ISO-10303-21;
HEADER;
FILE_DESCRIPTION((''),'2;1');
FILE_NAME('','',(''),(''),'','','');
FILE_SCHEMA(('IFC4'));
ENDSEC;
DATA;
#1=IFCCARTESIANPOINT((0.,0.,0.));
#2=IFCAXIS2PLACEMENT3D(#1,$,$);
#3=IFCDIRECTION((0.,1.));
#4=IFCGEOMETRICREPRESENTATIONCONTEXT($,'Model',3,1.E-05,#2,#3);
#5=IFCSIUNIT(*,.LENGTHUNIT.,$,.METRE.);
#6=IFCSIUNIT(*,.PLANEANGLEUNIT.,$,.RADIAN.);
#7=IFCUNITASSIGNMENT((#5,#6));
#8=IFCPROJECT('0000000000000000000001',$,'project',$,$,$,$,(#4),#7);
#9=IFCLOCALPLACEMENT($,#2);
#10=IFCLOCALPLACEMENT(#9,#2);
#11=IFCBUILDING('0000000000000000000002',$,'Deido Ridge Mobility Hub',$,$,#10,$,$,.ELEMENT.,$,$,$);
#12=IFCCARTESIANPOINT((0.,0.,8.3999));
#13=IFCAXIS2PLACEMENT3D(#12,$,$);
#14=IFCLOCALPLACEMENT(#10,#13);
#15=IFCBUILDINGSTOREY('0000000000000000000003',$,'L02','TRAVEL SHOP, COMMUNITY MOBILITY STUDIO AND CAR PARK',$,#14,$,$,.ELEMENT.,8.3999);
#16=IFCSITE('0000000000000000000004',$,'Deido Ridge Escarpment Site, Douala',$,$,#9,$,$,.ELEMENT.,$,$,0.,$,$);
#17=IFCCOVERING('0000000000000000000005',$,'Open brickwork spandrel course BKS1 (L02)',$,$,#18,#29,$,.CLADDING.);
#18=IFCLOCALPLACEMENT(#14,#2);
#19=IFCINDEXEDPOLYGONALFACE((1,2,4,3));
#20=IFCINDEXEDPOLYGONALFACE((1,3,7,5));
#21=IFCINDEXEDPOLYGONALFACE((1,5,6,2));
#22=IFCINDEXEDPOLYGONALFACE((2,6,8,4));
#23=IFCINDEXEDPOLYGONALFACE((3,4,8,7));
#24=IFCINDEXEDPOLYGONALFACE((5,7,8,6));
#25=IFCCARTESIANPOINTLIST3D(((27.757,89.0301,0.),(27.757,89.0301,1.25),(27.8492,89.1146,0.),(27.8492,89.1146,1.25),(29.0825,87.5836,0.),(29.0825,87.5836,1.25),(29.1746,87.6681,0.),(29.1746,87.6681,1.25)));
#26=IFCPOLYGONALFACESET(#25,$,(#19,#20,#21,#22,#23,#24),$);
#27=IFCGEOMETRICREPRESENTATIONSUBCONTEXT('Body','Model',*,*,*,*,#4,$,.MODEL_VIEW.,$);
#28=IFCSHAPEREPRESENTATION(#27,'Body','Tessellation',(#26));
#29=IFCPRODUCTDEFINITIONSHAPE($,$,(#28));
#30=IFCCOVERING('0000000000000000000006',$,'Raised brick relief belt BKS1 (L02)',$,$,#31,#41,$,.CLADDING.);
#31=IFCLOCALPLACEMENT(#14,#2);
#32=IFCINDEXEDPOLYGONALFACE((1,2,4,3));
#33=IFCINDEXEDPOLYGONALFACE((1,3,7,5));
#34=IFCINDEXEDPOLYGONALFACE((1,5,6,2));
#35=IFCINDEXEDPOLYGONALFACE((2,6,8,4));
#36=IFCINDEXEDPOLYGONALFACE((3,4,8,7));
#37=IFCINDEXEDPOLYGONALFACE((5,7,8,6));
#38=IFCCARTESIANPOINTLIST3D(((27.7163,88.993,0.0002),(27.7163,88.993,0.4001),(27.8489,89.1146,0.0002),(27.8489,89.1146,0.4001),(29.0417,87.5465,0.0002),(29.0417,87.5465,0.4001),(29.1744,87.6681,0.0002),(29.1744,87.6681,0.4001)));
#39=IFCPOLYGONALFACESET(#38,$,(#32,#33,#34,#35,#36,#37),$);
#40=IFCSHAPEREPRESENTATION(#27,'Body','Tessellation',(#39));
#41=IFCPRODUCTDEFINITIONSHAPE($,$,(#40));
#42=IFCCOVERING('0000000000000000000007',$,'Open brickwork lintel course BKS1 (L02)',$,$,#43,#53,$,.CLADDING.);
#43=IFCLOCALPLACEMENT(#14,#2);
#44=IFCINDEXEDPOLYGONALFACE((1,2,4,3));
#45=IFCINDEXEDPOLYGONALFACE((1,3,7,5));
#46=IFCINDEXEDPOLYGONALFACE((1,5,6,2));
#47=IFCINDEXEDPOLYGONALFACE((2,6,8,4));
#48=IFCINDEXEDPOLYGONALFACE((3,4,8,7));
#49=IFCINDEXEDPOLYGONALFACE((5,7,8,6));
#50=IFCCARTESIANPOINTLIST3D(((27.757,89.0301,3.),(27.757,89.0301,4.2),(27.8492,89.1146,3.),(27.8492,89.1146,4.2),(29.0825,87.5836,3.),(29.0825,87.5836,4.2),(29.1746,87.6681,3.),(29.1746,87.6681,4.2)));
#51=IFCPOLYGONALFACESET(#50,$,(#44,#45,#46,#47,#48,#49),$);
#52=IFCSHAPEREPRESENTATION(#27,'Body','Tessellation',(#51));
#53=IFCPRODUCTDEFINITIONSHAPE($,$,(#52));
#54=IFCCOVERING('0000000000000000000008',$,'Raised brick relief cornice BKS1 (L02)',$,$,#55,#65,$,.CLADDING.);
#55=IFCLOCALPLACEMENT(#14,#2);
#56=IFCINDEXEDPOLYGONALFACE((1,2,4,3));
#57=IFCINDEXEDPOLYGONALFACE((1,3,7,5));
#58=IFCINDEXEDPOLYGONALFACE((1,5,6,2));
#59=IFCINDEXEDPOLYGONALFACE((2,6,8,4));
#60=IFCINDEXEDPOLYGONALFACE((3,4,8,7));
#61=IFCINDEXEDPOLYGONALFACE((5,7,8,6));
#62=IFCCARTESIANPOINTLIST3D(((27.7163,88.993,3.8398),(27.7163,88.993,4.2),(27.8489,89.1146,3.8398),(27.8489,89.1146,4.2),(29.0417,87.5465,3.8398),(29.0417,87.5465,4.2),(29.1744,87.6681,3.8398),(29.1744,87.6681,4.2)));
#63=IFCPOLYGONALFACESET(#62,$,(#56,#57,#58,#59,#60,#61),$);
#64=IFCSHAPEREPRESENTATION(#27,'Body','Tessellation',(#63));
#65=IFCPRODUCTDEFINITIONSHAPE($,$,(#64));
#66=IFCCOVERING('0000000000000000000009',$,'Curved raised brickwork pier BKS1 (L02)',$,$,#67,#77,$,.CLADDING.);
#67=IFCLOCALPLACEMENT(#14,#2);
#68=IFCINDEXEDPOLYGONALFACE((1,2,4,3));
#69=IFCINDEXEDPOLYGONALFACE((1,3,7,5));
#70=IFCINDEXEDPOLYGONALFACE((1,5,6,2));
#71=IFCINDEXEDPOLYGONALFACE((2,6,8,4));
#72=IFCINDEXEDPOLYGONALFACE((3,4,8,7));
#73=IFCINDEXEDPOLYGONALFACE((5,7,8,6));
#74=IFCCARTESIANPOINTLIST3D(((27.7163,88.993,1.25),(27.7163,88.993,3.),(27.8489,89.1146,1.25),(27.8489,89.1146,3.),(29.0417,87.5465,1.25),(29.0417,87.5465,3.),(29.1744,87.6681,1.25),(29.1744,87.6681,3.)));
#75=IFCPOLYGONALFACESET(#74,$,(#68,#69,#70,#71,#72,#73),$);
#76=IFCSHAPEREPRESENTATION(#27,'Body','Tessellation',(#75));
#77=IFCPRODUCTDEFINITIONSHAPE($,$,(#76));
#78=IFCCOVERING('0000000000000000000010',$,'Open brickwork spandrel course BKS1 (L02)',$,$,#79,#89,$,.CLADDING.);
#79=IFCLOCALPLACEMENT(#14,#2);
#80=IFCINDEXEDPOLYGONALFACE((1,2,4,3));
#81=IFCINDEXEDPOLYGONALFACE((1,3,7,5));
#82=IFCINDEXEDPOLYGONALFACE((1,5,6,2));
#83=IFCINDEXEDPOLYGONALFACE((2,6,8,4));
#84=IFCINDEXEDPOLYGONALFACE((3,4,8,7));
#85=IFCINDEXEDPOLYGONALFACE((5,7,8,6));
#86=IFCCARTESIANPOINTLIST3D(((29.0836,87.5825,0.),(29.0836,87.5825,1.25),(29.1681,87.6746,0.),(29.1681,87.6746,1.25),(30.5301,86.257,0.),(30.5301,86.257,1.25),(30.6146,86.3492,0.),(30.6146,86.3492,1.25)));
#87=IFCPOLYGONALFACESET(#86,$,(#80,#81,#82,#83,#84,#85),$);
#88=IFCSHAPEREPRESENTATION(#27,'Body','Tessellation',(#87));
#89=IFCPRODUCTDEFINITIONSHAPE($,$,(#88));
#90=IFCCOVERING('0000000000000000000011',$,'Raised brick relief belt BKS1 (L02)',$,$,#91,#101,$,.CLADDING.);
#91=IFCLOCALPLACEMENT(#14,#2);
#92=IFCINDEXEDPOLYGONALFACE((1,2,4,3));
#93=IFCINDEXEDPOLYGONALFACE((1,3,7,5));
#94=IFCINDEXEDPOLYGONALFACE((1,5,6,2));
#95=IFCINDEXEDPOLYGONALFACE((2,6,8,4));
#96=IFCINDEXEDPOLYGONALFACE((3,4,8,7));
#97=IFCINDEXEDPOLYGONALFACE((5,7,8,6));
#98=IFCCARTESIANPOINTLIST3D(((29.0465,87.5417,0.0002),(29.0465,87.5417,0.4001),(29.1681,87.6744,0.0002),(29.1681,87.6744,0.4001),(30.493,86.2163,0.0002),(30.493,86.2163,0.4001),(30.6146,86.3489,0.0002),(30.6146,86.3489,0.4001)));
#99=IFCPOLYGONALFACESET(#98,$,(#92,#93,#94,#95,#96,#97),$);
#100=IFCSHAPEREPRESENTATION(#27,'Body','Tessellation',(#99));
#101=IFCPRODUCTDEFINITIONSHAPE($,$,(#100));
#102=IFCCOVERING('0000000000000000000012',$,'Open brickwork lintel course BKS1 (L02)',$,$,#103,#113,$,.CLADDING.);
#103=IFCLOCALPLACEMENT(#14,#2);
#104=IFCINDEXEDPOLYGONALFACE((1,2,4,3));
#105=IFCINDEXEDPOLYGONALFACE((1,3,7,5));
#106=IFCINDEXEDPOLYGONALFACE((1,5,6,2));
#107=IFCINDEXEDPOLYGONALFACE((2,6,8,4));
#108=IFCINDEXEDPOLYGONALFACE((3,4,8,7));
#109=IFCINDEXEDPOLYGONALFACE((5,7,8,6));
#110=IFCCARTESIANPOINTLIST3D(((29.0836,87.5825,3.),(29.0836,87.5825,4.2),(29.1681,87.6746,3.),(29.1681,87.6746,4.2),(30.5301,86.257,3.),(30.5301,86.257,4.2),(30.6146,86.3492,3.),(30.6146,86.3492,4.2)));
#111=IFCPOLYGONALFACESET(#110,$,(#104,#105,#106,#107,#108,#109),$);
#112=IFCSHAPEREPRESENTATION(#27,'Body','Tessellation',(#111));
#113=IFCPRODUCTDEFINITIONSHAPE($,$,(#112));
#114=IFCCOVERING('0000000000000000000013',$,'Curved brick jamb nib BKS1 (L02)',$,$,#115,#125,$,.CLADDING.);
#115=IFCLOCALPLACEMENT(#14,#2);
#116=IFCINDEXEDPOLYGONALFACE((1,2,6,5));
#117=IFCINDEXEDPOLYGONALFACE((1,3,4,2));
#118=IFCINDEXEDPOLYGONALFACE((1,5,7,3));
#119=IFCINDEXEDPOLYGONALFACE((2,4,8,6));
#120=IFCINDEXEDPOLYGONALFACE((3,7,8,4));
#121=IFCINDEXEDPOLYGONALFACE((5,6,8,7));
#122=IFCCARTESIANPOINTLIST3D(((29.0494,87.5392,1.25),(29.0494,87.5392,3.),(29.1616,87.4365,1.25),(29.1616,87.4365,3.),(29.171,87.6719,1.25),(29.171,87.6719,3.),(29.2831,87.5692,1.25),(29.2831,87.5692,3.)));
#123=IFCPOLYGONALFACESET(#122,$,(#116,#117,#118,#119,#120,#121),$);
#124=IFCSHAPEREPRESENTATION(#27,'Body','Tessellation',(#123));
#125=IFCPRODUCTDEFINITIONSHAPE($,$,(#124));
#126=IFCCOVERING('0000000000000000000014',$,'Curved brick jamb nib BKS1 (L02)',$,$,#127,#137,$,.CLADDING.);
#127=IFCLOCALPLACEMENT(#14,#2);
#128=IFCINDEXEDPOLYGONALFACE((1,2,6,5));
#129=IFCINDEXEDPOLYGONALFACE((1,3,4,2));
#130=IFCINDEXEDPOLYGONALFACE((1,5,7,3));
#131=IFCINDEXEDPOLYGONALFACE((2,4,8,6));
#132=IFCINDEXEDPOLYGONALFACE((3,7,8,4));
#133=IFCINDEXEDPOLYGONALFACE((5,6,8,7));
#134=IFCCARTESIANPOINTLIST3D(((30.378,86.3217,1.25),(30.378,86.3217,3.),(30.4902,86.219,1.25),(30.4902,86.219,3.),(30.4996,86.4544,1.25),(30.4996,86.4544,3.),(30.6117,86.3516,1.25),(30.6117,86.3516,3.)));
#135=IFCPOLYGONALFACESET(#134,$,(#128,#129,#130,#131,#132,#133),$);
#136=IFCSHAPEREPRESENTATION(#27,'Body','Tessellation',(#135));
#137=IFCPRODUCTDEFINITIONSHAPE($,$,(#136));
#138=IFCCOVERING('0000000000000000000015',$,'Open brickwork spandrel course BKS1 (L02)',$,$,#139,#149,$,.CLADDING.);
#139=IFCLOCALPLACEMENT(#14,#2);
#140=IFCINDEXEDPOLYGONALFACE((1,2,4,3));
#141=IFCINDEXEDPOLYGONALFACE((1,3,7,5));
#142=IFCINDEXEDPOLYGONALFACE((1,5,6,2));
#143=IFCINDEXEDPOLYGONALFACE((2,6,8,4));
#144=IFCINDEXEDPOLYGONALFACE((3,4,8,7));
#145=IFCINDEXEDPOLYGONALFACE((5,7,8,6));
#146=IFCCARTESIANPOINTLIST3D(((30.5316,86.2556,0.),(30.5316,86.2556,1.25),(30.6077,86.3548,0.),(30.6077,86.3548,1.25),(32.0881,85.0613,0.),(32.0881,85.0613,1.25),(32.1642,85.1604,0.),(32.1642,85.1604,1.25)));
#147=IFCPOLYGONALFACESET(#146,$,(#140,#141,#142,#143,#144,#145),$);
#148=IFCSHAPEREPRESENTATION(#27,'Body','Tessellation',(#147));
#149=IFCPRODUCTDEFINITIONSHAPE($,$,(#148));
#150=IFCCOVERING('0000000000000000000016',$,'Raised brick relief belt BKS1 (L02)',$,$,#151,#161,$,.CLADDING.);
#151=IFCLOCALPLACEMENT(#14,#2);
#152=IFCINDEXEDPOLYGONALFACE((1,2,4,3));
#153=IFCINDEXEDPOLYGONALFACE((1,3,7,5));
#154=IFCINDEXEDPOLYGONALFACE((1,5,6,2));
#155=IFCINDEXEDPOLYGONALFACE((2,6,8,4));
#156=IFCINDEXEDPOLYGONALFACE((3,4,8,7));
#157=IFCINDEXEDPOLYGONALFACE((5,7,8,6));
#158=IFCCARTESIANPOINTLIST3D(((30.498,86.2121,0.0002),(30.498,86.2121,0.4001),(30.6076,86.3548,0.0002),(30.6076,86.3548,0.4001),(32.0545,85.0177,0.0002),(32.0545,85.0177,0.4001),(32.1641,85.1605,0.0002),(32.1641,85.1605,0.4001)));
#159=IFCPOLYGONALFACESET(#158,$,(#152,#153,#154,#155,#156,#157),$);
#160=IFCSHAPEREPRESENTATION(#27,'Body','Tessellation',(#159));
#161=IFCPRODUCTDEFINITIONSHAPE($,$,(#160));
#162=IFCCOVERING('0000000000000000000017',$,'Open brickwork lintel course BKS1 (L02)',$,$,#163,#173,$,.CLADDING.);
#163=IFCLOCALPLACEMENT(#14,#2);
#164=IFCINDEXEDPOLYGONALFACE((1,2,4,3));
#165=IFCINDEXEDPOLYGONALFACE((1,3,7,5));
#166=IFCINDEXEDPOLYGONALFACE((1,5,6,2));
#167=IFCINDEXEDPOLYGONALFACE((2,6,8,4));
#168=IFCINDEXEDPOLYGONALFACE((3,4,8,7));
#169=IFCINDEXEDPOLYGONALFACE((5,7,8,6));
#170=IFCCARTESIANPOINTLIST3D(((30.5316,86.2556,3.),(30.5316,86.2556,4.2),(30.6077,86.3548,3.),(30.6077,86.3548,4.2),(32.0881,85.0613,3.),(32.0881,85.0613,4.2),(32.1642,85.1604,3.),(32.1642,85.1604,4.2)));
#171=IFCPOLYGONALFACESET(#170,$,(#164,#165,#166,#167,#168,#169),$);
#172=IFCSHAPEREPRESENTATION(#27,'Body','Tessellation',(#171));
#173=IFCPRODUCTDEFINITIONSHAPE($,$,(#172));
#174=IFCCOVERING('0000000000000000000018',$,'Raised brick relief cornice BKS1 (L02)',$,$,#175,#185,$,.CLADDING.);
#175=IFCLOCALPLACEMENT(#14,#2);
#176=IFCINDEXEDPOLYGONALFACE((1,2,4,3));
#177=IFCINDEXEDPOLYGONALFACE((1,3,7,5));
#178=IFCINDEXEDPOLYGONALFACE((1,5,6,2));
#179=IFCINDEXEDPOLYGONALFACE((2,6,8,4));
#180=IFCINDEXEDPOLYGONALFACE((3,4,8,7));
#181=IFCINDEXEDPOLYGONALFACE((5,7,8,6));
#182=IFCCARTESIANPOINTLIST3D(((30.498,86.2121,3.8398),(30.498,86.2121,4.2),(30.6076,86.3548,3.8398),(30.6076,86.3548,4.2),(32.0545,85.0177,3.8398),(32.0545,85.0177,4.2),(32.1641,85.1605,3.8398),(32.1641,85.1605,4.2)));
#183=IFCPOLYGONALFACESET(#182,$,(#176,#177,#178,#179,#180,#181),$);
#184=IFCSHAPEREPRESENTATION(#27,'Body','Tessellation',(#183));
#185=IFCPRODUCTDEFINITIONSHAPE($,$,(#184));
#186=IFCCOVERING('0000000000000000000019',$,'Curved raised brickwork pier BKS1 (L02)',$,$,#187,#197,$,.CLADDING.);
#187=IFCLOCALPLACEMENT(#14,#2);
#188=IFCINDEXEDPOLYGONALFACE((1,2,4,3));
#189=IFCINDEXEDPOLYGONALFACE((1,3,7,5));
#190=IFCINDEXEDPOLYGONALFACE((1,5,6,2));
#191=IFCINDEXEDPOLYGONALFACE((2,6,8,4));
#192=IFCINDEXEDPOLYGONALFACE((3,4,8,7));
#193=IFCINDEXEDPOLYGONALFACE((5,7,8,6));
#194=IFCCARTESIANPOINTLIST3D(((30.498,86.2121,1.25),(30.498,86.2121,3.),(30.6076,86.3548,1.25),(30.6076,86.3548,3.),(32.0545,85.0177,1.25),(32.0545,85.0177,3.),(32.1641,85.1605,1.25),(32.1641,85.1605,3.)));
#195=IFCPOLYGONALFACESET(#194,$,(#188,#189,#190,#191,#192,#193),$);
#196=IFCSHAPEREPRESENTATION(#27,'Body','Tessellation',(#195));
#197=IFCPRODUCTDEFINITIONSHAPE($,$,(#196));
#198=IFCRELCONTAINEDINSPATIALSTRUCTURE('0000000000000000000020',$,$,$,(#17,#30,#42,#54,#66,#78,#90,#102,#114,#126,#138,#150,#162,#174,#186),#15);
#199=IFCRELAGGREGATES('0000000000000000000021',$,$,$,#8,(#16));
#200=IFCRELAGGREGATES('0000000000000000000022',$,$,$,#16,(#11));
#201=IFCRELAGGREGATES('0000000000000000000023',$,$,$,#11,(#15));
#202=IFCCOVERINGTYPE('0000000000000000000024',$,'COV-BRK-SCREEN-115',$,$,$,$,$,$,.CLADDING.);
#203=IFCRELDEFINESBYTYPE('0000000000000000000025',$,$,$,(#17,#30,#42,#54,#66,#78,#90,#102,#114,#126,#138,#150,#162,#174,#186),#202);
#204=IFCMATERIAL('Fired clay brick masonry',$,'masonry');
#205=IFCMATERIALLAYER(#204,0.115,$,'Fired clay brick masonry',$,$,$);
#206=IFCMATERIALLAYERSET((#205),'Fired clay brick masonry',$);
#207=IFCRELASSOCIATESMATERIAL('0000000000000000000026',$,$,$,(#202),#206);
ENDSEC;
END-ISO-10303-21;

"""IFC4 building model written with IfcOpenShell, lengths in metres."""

from ifc_helpers import new_model, si_unit, direction, frame, origin, origin_2d, place, context, subcontext, project, spatial, rectangle, extrude, material, layer, layer_set, type_object, element, save


model = new_model("IFC4")

# Units and contexts
model_context = context("Model", 3, precision=1e-05, world=origin(), true_north=direction((0.0, 1.0)))
body_context = subcontext(model_context, "Body", "Model", "MODEL_VIEW")
ifc_project = project(units=[si_unit("LENGTHUNIT", "METRE"), si_unit("PLANEANGLEUNIT", "RADIAN")], contexts=[model_context])

# Site, building, storey
site_placement = place(None, origin())
site = spatial("IfcSite", under=ifc_project, at=site_placement, Name="Deido Ridge Escarpment Site, Douala", CompositionType="ELEMENT", RefElevation=0.0)
building_placement = place(site_placement, origin())
building = spatial("IfcBuilding", under=site, at=building_placement, Name="Deido Ridge Mobility Hub", CompositionType="ELEMENT")
storey_placement = place(building_placement, frame((0.0, 0.0, 8.3999)))
storey = spatial("IfcBuildingStorey", under=building, at=storey_placement, Name="L02", Description="TRAVEL SHOP, COMMUNITY MOBILITY STUDIO AND CAR PARK", CompositionType="ELEMENT", Elevation=8.3999)

# Coverings
ifc_material_1 = material(Name="Fired clay brick masonry", Category="masonry")
ifc_layer_1 = layer(ifc_material_1, 0.115, Name="Fired clay brick masonry")
ifc_layer_set_1 = layer_set([ifc_layer_1], Name="Fired clay brick masonry")
covering_type = type_object("IfcCoveringType", Name="COV-BRK-SCREEN-115", PredefinedType="CLADDING", material=ifc_layer_set_1)
covering_1_placement = place(storey_placement, frame((28.4658, 88.3491, 0.0), z_axis=(0.0, 0.0, 1.0), x_axis=(0.675577, -0.737289, 0.0)))
element("IfcCovering", 1, at=covering_1_placement, inside=storey, type_object=covering_type, Name="Open brickwork spandrel course BKS1 (L02)", PredefinedType="CLADDING", context=body_context, shape_type="SweptSolid", body=[
    extrude(rectangle(XDim=1.9619, YDim=0.125, at=origin_2d()), origin(), (0.0, 0.0, 1.0), 1.25),
])
covering_2_placement = place(storey_placement, frame((28.4453, 88.3306, 0.0002), z_axis=(0.0, 0.0, 1.0), x_axis=(0.675577, -0.737289, 0.0)))
element("IfcCovering", 2, at=covering_2_placement, inside=storey, type_object=covering_type, Name="Raised brick relief belt BKS1 (L02)", PredefinedType="CLADDING", context=body_context, shape_type="SweptSolid", body=[
    extrude(rectangle(XDim=1.9619, YDim=0.1799, at=origin_2d()), origin(), (0.0, 0.0, 1.0), 0.3999),
])
covering_3_placement = place(storey_placement, frame((28.4658, 88.3491, 3.0), z_axis=(0.0, 0.0, 1.0), x_axis=(0.675577, -0.737289, 0.0)))
element("IfcCovering", 3, at=covering_3_placement, inside=storey, type_object=covering_type, Name="Open brickwork lintel course BKS1 (L02)", PredefinedType="CLADDING", context=body_context, shape_type="SweptSolid", body=[
    extrude(rectangle(XDim=1.9619, YDim=0.125, at=origin_2d()), origin(), (0.0, 0.0, 1.0), 1.2),
])
covering_4_placement = place(storey_placement, frame((28.4453, 88.3306, 3.8398), z_axis=(0.0, 0.0, 1.0), x_axis=(0.675577, -0.737289, 0.0)))
element("IfcCovering", 4, at=covering_4_placement, inside=storey, type_object=covering_type, Name="Raised brick relief cornice BKS1 (L02)", PredefinedType="CLADDING", context=body_context, shape_type="SweptSolid", body=[
    extrude(rectangle(XDim=1.9619, YDim=0.1799, at=origin_2d()), origin(), (0.0, 0.0, 1.0), 0.3601),
])
covering_5_placement = place(storey_placement, frame((28.4453, 88.3306, 1.25), z_axis=(0.0, 0.0, 1.0), x_axis=(0.675577, -0.737289, 0.0)))
element("IfcCovering", 5, at=covering_5_placement, inside=storey, type_object=covering_type, Name="Curved raised brickwork pier BKS1 (L02)", PredefinedType="CLADDING", context=body_context, shape_type="SweptSolid", body=[
    extrude(rectangle(XDim=1.9619, YDim=0.1799, at=origin_2d()), origin(), (0.0, 0.0, 1.0), 1.75),
])
covering_6_placement = place(storey_placement, frame((29.8491, 86.9658, 0.0), z_axis=(0.0, 0.0, 1.0), x_axis=(0.737289, -0.675577, 0.0)))
element("IfcCovering", 6, at=covering_6_placement, inside=storey, type_object=covering_type, Name="Open brickwork spandrel course BKS1 (L02)", PredefinedType="CLADDING", context=body_context, shape_type="SweptSolid", body=[
    extrude(rectangle(XDim=1.9619, YDim=0.125, at=origin_2d()), origin(), (0.0, 0.0, 1.0), 1.25),
])
covering_7_placement = place(storey_placement, frame((29.8306, 86.9453, 0.0002), z_axis=(0.0, 0.0, 1.0), x_axis=(0.737289, -0.675577, 0.0)))
element("IfcCovering", 7, at=covering_7_placement, inside=storey, type_object=covering_type, Name="Raised brick relief belt BKS1 (L02)", PredefinedType="CLADDING", context=body_context, shape_type="SweptSolid", body=[
    extrude(rectangle(XDim=1.9619, YDim=0.1799, at=origin_2d()), origin(), (0.0, 0.0, 1.0), 0.3999),
])
covering_8_placement = place(storey_placement, frame((29.8491, 86.9658, 3.0), z_axis=(0.0, 0.0, 1.0), x_axis=(0.737289, -0.675577, 0.0)))
element("IfcCovering", 8, at=covering_8_placement, inside=storey, type_object=covering_type, Name="Open brickwork lintel course BKS1 (L02)", PredefinedType="CLADDING", context=body_context, shape_type="SweptSolid", body=[
    extrude(rectangle(XDim=1.9619, YDim=0.125, at=origin_2d()), origin(), (0.0, 0.0, 1.0), 1.2),
])
for number, where, z_axis, x_axis, name in (
    (9, (29.1663, 87.5542, 1.25), (0.0, 0.0, 1.0), (0.737289, -0.675577, 0.0), "Curved brick jamb nib BKS1 (L02)"),
    (10, (30.4949, 86.3367, 1.25), (0.0, 0.0, 1.0), (0.737289, -0.675577, 0.0), "Curved brick jamb nib BKS1 (L02)"),
):
    element("IfcCovering", number, at=place(storey_placement, frame(where, z_axis=z_axis, x_axis=x_axis)), inside=storey, type_object=covering_type, Name=name, PredefinedType="CLADDING", context=body_context, shape_type="SweptSolid", body=[
        extrude(rectangle(XDim=0.1521, YDim=0.1799, at=origin_2d()), origin(), (0.0, 0.0, 1.0), 1.75),
    ])
covering_9_placement = place(storey_placement, frame((31.3479, 85.708, 0.0), z_axis=(0.0, 0.0, 1.0), x_axis=(0.793353, -0.608761, 0.0)))
element("IfcCovering", 11, at=covering_9_placement, inside=storey, type_object=covering_type, Name="Open brickwork spandrel course BKS1 (L02)", PredefinedType="CLADDING", context=body_context, shape_type="SweptSolid", body=[
    extrude(rectangle(XDim=1.9619, YDim=0.125, at=origin_2d()), origin(), (0.0, 0.0, 1.0), 1.25),
])
covering_10_placement = place(storey_placement, frame((31.3311, 85.6863, 0.0002), z_axis=(0.0, 0.0, 1.0), x_axis=(0.793353, -0.608761, 0.0)))
element("IfcCovering", 12, at=covering_10_placement, inside=storey, type_object=covering_type, Name="Raised brick relief belt BKS1 (L02)", PredefinedType="CLADDING", context=body_context, shape_type="SweptSolid", body=[
    extrude(rectangle(XDim=1.9619, YDim=0.1799, at=origin_2d()), origin(), (0.0, 0.0, 1.0), 0.3999),
])
covering_11_placement = place(storey_placement, frame((31.3479, 85.708, 3.0), z_axis=(0.0, 0.0, 1.0), x_axis=(0.793353, -0.608761, 0.0)))
element("IfcCovering", 13, at=covering_11_placement, inside=storey, type_object=covering_type, Name="Open brickwork lintel course BKS1 (L02)", PredefinedType="CLADDING", context=body_context, shape_type="SweptSolid", body=[
    extrude(rectangle(XDim=1.9619, YDim=0.125, at=origin_2d()), origin(), (0.0, 0.0, 1.0), 1.2),
])
covering_12_placement = place(storey_placement, frame((31.3311, 85.6863, 3.8398), z_axis=(0.0, 0.0, 1.0), x_axis=(0.793353, -0.608761, 0.0)))
element("IfcCovering", 14, at=covering_12_placement, inside=storey, type_object=covering_type, Name="Raised brick relief cornice BKS1 (L02)", PredefinedType="CLADDING", context=body_context, shape_type="SweptSolid", body=[
    extrude(rectangle(XDim=1.9619, YDim=0.1799, at=origin_2d()), origin(), (0.0, 0.0, 1.0), 0.3601),
])
covering_13_placement = place(storey_placement, frame((31.3311, 85.6863, 1.25), z_axis=(0.0, 0.0, 1.0), x_axis=(0.793353, -0.608761, 0.0)))
element("IfcCovering", 15, at=covering_13_placement, inside=storey, type_object=covering_type, Name="Curved raised brickwork pier BKS1 (L02)", PredefinedType="CLADDING", context=body_context, shape_type="SweptSolid", body=[
    extrude(rectangle(XDim=1.9619, YDim=0.1799, at=origin_2d()), origin(), (0.0, 0.0, 1.0), 1.75),
])

save(model, "model.ifc")
